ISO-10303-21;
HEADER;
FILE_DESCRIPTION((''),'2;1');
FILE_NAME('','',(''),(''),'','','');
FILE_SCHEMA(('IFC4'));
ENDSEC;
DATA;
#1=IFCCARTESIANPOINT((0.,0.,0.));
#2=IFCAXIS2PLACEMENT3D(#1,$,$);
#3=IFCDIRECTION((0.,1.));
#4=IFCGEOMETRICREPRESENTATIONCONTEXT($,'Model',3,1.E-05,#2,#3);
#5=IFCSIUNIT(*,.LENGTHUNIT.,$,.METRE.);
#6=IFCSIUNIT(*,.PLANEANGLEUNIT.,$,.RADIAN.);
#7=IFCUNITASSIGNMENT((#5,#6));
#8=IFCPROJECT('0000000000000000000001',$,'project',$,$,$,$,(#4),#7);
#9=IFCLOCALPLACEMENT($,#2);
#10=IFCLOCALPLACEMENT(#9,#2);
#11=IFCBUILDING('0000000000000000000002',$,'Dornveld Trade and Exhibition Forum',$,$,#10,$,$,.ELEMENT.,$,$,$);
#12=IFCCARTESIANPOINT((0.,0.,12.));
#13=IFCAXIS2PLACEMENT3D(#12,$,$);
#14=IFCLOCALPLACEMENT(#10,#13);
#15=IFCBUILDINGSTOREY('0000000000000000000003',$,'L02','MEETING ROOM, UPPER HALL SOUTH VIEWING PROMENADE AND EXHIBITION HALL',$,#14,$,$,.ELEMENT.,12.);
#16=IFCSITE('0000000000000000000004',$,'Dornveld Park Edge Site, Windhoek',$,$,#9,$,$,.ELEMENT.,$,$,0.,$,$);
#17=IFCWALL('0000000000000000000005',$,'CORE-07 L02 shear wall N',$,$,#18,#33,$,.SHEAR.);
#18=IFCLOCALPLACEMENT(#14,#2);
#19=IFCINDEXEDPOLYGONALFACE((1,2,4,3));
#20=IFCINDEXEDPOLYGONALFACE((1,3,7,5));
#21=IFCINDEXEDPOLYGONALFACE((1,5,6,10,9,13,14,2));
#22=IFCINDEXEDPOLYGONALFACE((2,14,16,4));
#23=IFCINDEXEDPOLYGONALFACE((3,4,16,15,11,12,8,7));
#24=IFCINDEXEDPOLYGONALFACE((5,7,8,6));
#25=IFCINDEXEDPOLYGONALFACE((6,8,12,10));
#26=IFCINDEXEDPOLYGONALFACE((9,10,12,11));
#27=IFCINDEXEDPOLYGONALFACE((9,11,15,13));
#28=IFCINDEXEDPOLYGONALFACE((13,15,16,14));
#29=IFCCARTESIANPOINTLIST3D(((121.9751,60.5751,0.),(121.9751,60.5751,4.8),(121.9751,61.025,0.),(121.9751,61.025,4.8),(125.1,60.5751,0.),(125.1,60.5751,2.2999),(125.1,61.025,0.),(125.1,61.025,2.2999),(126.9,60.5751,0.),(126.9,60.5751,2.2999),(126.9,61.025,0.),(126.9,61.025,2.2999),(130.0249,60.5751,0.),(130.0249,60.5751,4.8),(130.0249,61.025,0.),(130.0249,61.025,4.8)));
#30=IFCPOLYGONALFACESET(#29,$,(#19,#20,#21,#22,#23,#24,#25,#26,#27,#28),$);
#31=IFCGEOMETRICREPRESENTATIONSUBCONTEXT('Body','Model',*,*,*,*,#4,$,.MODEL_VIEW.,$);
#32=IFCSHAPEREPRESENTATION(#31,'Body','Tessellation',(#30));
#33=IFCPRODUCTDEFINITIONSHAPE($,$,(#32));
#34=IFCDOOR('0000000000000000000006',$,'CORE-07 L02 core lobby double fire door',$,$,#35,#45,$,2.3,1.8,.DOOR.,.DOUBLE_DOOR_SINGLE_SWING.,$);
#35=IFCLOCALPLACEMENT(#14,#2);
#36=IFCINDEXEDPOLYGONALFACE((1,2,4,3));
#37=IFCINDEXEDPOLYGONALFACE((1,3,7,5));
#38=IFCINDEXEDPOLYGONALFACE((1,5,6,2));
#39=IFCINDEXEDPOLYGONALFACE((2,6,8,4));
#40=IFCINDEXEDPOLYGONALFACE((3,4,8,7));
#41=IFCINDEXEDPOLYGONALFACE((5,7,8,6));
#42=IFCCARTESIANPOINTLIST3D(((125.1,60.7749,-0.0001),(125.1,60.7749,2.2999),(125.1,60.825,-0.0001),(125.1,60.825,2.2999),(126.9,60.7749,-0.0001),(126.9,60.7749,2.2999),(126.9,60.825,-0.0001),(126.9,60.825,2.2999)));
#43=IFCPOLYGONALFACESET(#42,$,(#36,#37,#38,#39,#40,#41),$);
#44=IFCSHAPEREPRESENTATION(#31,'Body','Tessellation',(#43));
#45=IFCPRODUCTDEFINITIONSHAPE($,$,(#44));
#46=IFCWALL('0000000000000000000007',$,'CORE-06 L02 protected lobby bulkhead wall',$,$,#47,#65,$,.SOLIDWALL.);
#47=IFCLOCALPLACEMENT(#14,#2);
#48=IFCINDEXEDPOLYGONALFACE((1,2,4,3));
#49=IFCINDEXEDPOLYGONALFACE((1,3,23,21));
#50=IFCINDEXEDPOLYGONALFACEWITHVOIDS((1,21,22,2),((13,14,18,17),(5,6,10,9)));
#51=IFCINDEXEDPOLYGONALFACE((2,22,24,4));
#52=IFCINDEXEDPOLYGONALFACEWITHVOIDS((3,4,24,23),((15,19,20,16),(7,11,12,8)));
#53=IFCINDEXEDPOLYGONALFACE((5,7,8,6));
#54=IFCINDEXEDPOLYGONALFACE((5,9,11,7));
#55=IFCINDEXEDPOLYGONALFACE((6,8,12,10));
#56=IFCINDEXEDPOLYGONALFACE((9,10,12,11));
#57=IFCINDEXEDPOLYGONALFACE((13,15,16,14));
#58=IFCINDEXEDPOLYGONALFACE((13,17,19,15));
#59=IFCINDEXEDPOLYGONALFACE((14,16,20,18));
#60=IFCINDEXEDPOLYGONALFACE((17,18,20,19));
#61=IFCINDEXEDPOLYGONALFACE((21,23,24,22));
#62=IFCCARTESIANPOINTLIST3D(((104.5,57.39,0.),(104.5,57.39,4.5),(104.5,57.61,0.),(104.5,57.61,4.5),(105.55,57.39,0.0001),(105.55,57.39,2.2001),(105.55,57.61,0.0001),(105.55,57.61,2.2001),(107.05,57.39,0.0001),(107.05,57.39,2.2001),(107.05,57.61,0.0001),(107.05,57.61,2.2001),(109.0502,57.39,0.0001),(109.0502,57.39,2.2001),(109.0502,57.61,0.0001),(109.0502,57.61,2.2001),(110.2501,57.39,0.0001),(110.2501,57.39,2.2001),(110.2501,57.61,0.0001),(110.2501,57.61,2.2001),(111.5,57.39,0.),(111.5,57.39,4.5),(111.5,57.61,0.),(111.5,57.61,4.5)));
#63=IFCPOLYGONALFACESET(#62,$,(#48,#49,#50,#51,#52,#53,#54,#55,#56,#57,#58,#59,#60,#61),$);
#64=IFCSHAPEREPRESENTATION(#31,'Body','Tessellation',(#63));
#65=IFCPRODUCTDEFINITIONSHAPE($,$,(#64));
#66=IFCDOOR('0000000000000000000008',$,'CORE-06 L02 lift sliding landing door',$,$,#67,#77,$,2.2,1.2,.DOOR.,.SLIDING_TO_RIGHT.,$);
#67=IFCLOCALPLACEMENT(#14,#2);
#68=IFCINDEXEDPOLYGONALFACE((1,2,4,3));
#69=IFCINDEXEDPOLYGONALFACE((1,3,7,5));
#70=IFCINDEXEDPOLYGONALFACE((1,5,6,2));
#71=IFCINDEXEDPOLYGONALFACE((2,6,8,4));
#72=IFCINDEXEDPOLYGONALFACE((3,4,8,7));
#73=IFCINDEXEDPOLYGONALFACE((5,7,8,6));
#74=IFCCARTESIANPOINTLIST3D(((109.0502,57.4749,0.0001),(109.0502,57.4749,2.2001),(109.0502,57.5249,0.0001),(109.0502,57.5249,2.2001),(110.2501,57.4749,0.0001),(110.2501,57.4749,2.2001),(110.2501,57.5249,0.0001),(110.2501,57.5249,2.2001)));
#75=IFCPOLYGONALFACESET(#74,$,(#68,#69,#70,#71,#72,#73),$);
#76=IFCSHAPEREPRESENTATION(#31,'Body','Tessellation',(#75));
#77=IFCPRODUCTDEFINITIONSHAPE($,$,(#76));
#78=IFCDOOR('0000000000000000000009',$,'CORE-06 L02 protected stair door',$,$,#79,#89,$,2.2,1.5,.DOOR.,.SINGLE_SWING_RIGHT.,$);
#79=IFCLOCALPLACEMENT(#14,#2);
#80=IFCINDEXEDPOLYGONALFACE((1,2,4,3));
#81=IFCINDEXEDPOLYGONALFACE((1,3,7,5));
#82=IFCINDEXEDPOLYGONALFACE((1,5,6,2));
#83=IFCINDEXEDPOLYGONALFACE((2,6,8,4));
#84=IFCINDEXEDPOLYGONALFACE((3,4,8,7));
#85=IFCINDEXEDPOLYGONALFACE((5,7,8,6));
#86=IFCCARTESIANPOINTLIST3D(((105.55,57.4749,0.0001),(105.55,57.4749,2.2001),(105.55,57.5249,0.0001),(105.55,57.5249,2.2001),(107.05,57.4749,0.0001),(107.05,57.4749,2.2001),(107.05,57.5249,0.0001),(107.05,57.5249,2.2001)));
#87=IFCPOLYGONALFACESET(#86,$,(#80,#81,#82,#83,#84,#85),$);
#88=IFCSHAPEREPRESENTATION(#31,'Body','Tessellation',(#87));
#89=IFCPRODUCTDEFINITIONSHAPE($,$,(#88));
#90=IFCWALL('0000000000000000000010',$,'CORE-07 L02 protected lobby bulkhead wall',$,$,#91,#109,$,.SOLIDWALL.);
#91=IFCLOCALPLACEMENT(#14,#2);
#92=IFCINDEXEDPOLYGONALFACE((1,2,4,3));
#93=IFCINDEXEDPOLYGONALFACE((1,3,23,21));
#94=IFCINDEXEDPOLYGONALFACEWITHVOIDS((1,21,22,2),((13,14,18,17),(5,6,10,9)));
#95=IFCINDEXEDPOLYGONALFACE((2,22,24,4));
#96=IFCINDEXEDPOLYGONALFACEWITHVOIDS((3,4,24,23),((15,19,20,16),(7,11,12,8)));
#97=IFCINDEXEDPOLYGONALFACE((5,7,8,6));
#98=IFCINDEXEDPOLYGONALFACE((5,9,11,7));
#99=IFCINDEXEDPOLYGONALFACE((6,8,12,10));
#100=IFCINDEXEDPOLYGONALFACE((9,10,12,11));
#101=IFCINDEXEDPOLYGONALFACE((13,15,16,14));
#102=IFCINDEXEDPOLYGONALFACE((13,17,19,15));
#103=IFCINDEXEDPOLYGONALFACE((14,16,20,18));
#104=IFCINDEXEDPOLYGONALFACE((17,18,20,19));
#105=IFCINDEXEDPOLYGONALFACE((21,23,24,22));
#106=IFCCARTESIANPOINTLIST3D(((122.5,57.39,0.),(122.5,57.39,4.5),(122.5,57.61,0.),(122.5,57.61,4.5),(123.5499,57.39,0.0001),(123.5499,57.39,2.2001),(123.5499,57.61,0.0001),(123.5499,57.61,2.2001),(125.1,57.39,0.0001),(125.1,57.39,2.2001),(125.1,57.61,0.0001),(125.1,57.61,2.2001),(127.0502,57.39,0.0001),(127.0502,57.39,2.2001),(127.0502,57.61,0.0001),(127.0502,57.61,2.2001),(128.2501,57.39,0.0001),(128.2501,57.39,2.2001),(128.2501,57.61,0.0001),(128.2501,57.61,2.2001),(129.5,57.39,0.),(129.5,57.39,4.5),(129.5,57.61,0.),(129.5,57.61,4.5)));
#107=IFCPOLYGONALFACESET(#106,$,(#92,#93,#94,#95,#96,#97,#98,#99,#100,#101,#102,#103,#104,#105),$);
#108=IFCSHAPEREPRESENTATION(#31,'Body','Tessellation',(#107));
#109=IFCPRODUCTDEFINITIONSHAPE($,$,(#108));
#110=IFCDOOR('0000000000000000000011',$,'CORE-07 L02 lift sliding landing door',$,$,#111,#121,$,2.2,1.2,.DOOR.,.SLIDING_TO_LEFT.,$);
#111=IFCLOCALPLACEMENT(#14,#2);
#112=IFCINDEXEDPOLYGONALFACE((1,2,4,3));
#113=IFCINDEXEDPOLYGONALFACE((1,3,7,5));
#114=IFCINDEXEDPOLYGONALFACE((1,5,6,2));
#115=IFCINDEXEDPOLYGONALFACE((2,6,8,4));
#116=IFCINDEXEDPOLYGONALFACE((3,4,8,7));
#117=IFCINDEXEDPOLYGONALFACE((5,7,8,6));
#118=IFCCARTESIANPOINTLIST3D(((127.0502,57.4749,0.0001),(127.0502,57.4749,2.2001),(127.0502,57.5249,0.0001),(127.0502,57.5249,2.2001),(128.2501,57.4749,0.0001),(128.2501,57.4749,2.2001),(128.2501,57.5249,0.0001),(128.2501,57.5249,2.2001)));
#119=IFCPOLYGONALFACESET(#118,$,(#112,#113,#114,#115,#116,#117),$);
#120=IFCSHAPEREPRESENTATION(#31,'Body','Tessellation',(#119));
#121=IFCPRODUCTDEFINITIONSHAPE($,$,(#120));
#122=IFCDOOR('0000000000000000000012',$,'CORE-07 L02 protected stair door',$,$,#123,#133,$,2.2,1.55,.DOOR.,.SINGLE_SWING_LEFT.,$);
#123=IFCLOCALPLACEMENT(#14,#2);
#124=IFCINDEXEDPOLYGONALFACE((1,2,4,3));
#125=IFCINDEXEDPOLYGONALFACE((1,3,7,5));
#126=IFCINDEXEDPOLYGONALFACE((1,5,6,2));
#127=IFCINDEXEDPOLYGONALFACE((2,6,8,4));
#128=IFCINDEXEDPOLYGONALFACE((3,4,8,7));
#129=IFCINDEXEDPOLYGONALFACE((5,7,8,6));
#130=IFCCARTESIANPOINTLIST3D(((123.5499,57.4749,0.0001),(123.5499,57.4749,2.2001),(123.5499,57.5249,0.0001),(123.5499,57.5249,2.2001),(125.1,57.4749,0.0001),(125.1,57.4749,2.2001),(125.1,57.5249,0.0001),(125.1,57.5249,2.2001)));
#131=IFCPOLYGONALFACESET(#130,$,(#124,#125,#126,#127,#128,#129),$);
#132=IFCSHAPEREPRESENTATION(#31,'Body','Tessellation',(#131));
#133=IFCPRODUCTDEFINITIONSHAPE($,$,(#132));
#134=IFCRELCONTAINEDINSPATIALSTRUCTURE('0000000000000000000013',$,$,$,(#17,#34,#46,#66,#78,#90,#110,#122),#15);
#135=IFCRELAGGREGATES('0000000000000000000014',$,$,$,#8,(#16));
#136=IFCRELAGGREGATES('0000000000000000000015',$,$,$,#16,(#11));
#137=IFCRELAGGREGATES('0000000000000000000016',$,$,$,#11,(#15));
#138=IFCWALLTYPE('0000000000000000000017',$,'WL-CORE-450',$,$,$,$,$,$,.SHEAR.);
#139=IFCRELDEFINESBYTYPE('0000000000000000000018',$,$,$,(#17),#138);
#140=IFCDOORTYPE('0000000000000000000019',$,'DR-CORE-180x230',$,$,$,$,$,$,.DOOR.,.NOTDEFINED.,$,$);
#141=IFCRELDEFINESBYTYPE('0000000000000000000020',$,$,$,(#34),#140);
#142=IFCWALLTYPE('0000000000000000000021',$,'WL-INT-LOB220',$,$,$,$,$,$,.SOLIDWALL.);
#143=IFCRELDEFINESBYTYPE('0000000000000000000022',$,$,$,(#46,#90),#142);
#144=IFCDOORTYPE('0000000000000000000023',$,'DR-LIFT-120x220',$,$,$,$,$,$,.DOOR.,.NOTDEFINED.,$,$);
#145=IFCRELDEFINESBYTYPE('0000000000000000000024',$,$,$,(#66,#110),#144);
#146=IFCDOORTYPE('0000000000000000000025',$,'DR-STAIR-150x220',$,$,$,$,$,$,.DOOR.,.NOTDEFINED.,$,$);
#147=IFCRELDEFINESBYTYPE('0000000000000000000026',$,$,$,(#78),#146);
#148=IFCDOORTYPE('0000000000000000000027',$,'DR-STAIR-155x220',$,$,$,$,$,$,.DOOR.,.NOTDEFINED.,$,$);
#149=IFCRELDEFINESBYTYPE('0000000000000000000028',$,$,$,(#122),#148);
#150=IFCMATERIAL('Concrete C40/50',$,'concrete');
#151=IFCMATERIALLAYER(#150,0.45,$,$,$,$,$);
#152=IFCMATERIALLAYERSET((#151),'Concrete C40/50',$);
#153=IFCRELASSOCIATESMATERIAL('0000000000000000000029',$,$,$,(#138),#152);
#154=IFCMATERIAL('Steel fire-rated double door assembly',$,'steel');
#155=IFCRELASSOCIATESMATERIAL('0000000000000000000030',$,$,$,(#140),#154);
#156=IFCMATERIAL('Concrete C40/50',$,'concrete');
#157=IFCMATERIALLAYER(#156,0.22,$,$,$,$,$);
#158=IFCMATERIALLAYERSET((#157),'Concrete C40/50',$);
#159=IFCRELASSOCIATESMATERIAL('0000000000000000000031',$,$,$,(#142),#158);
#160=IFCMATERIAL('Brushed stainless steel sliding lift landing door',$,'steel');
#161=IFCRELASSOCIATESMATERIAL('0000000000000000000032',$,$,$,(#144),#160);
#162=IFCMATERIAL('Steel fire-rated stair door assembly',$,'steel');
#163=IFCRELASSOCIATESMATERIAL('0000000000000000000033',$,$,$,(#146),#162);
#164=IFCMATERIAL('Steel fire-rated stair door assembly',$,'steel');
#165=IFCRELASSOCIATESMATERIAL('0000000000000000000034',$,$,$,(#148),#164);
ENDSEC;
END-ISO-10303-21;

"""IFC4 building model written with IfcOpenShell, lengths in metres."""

from ifc_helpers import new_model, si_unit, direction, frame, frame_2d, origin, place, context, subcontext, project, spatial, rectangle, extrude, material, layer, layer_set, type_object, element, fill, save


model = new_model("IFC4")

# Units and contexts
model_context = context("Model", 3, precision=1e-05, world=origin(), true_north=direction((0.0, 1.0)))
body_context = subcontext(model_context, "Body", "Model", "MODEL_VIEW")
ifc_project = project(units=[si_unit("LENGTHUNIT", "METRE"), si_unit("PLANEANGLEUNIT", "RADIAN")], contexts=[model_context])

# Site, building, storey
site_placement = place(None, origin())
site = spatial("IfcSite", under=ifc_project, at=site_placement, Name="Dornveld Park Edge Site, Windhoek", CompositionType="ELEMENT", RefElevation=0.0)
building_placement = place(site_placement, origin())
building = spatial("IfcBuilding", under=site, at=building_placement, Name="Dornveld Trade and Exhibition Forum", CompositionType="ELEMENT")
storey_placement = place(building_placement, frame((0.0, 0.0, 12.0)))
storey = spatial("IfcBuildingStorey", under=building, at=storey_placement, Name="L02", Description="MEETING ROOM, UPPER HALL SOUTH VIEWING PROMENADE AND EXHIBITION HALL", CompositionType="ELEMENT", Elevation=12.0)

# Wall, opening, door
ifc_material_1 = material(Name="Concrete C40/50", Category="concrete")
ifc_layer_1 = layer(ifc_material_1, 0.45)
ifc_layer_set_1 = layer_set([ifc_layer_1], Name="Concrete C40/50")
wall_type_1 = type_object("IfcWallType", Name="WL-CORE-450", PredefinedType="SHEAR", material=ifc_layer_set_1)
wall_1_placement = place(storey_placement, frame((121.9751, 60.8, 0.0), z_axis=(0.0, 0.0, 1.0), x_axis=(1.0, 0.0, 0.0)))
wall_1 = element("IfcWall", 1, at=wall_1_placement, inside=storey, type_object=wall_type_1, Name="CORE-07 L02 shear wall N", PredefinedType="SHEAR", context=body_context, shape_type="SweptSolid", body=[
    extrude(rectangle(XDim=8.0498, YDim=0.45, at=frame_2d((4.0249, 0.0))), origin(), (0.0, 0.0, 1.0), 4.8),
])
opening_1_placement = place(wall_1_placement, frame((3.125, 0.0, 0.0)))
opening_1 = element("IfcOpeningElement", 2, at=opening_1_placement, cuts=wall_1, PredefinedType="OPENING", context=body_context, shape_type="SweptSolid", body=[
    extrude(rectangle(XDim=1.8, YDim=2.3, at=frame_2d((0.8999, 1.1499))), frame((0.0, 0.2349, 0.0), z_axis=(0.0, -1.0, 0.0), x_axis=(1.0, 0.0, 0.0)), (0.0, 0.0, 1.0), 0.47),
])
ifc_material_2 = material(Name="Steel fire-rated double door assembly", Category="steel")
door_type_1 = type_object("IfcDoorType", Name="DR-CORE-180x230", OperationType="NOTDEFINED", PredefinedType="DOOR", material=ifc_material_2)
door_1_placement = place(opening_1_placement, origin())
door_1 = element("IfcDoor", 3, at=door_1_placement, inside=storey, type_object=door_type_1, Name="CORE-07 L02 core lobby double fire door", OperationType="DOUBLE_DOOR_SINGLE_SWING", OverallHeight=2.3, OverallWidth=1.8, PredefinedType="DOOR", context=body_context, shape_type="SweptSolid", body=[
    extrude(rectangle(XDim=1.8, YDim=2.3, at=frame_2d((0.8999, 1.1499))), frame((0.0, 0.0249, 0.0), z_axis=(0.0, -1.0, 0.0), x_axis=(1.0, 0.0, 0.0)), (0.0, 0.0, 1.0), 0.05),
])
fill(opening_1, door_1)

# Walls, openings, doors
ifc_material_3 = material(Name="Concrete C40/50", Category="concrete")
ifc_layer_2 = layer(ifc_material_3, 0.22)
ifc_layer_set_2 = layer_set([ifc_layer_2], Name="Concrete C40/50")
wall_type_2 = type_object("IfcWallType", Name="WL-INT-LOB220", PredefinedType="SOLIDWALL", material=ifc_layer_set_2)
wall_2_placement = place(storey_placement, frame((104.5, 57.5, 0.0), z_axis=(0.0, 0.0, 1.0), x_axis=(1.0, 0.0, 0.0)))
wall_2 = element("IfcWall", 4, at=wall_2_placement, inside=storey, type_object=wall_type_2, Name="CORE-06 L02 protected lobby bulkhead wall", PredefinedType="SOLIDWALL", context=body_context, shape_type="SweptSolid", body=[
    extrude(rectangle(XDim=7.0, YDim=0.22, at=frame_2d((3.5, 0.0))), origin(), (0.0, 0.0, 1.0), 4.5),
])
opening_2_placement = place(wall_2_placement, frame((1.05, 0.0, 0.0)))
opening_2 = element("IfcOpeningElement", 5, at=opening_2_placement, cuts=wall_2, PredefinedType="OPENING", context=body_context, shape_type="SweptSolid", body=[
    extrude(rectangle(XDim=1.5, YDim=2.2, at=frame_2d((0.75, 1.1001))), frame((0.0, 0.1199, 0.0), z_axis=(0.0, -1.0, 0.0), x_axis=(1.0, 0.0, 0.0)), (0.0, 0.0, 1.0), 0.24),
])
opening_3_placement = place(wall_2_placement, frame((4.55, 0.0, 0.0)))
opening_3 = element("IfcOpeningElement", 6, at=opening_3_placement, cuts=wall_2, PredefinedType="OPENING", context=body_context, shape_type="SweptSolid", body=[
    extrude(rectangle(XDim=1.2, YDim=2.2, at=frame_2d((0.6001, 1.1001))), frame((0.0, 0.1199, 0.0), z_axis=(0.0, -1.0, 0.0), x_axis=(1.0, 0.0, 0.0)), (0.0, 0.0, 1.0), 0.24),
])
ifc_material_4 = material(Name="Brushed stainless steel sliding lift landing door", Category="steel")
door_type_2 = type_object("IfcDoorType", Name="DR-LIFT-120x220", OperationType="NOTDEFINED", PredefinedType="DOOR", material=ifc_material_4)
door_2_placement = place(opening_3_placement, origin())
door_2 = element("IfcDoor", 7, at=door_2_placement, inside=storey, type_object=door_type_2, Name="CORE-06 L02 lift sliding landing door", OperationType="SLIDING_TO_RIGHT", OverallHeight=2.2, OverallWidth=1.2, PredefinedType="DOOR", context=body_context, shape_type="SweptSolid", body=[
    extrude(rectangle(XDim=1.2, YDim=2.2, at=frame_2d((0.6001, 1.1001))), frame((0.0, 0.0249, 0.0), z_axis=(0.0, -1.0, 0.0), x_axis=(1.0, 0.0, 0.0)), (0.0, 0.0, 1.0), 0.05),
])
fill(opening_3, door_2)
ifc_material_5 = material(Name="Steel fire-rated stair door assembly", Category="steel")
door_type_3 = type_object("IfcDoorType", Name="DR-STAIR-150x220", OperationType="NOTDEFINED", PredefinedType="DOOR", material=ifc_material_5)
door_3_placement = place(opening_2_placement, origin())
door_3 = element("IfcDoor", 8, at=door_3_placement, inside=storey, type_object=door_type_3, Name="CORE-06 L02 protected stair door", OperationType="SINGLE_SWING_RIGHT", OverallHeight=2.2, OverallWidth=1.5, PredefinedType="DOOR", context=body_context, shape_type="SweptSolid", body=[
    extrude(rectangle(XDim=1.5, YDim=2.2, at=frame_2d((0.75, 1.1001))), frame((0.0, 0.0249, 0.0), z_axis=(0.0, -1.0, 0.0), x_axis=(1.0, 0.0, 0.0)), (0.0, 0.0, 1.0), 0.05),
])
fill(opening_2, door_3)
wall_3_placement = place(storey_placement, frame((122.5, 57.5, 0.0), z_axis=(0.0, 0.0, 1.0), x_axis=(1.0, 0.0, 0.0)))
wall_3 = element("IfcWall", 9, at=wall_3_placement, inside=storey, type_object=wall_type_2, Name="CORE-07 L02 protected lobby bulkhead wall", PredefinedType="SOLIDWALL", context=body_context, shape_type="SweptSolid", body=[
    extrude(rectangle(XDim=7.0, YDim=0.22, at=frame_2d((3.5, 0.0))), origin(), (0.0, 0.0, 1.0), 4.5),
])
opening_4_placement = place(wall_3_placement, frame((1.05, 0.0, 0.0)))
opening_4 = element("IfcOpeningElement", 10, at=opening_4_placement, cuts=wall_3, PredefinedType="OPENING", context=body_context, shape_type="SweptSolid", body=[
    extrude(rectangle(XDim=1.55, YDim=2.2, at=frame_2d((0.7749, 1.1001))), frame((0.0, 0.1199, 0.0), z_axis=(0.0, -1.0, 0.0), x_axis=(1.0, 0.0, 0.0)), (0.0, 0.0, 1.0), 0.24),
])
opening_5_placement = place(wall_3_placement, frame((4.55, 0.0, 0.0)))
opening_5 = element("IfcOpeningElement", 11, at=opening_5_placement, cuts=wall_3, PredefinedType="OPENING", context=body_context, shape_type="SweptSolid", body=[
    extrude(rectangle(XDim=1.2, YDim=2.2, at=frame_2d((0.6001, 1.1001))), frame((0.0, 0.1199, 0.0), z_axis=(0.0, -1.0, 0.0), x_axis=(1.0, 0.0, 0.0)), (0.0, 0.0, 1.0), 0.24),
])
door_4_placement = place(opening_5_placement, origin())
door_4 = element("IfcDoor", 12, at=door_4_placement, inside=storey, type_object=door_type_2, Name="CORE-07 L02 lift sliding landing door", OperationType="SLIDING_TO_LEFT", OverallHeight=2.2, OverallWidth=1.2, PredefinedType="DOOR", context=body_context, shape_type="SweptSolid", body=[
    extrude(rectangle(XDim=1.2, YDim=2.2, at=frame_2d((0.6001, 1.1001))), frame((0.0, 0.0249, 0.0), z_axis=(0.0, -1.0, 0.0), x_axis=(1.0, 0.0, 0.0)), (0.0, 0.0, 1.0), 0.05),
])
fill(opening_5, door_4)
ifc_material_6 = material(Name="Steel fire-rated stair door assembly", Category="steel")
door_type_4 = type_object("IfcDoorType", Name="DR-STAIR-155x220", OperationType="NOTDEFINED", PredefinedType="DOOR", material=ifc_material_6)
door_5_placement = place(opening_4_placement, origin())
door_5 = element("IfcDoor", 13, at=door_5_placement, inside=storey, type_object=door_type_4, Name="CORE-07 L02 protected stair door", OperationType="SINGLE_SWING_LEFT", OverallHeight=2.2, OverallWidth=1.55, PredefinedType="DOOR", context=body_context, shape_type="SweptSolid", body=[
    extrude(rectangle(XDim=1.55, YDim=2.2, at=frame_2d((0.7749, 1.1001))), frame((0.0, 0.0249, 0.0), z_axis=(0.0, -1.0, 0.0), x_axis=(1.0, 0.0, 0.0)), (0.0, 0.0, 1.0), 0.05),
])
fill(opening_4, door_5)

save(model, "model.ifc")
